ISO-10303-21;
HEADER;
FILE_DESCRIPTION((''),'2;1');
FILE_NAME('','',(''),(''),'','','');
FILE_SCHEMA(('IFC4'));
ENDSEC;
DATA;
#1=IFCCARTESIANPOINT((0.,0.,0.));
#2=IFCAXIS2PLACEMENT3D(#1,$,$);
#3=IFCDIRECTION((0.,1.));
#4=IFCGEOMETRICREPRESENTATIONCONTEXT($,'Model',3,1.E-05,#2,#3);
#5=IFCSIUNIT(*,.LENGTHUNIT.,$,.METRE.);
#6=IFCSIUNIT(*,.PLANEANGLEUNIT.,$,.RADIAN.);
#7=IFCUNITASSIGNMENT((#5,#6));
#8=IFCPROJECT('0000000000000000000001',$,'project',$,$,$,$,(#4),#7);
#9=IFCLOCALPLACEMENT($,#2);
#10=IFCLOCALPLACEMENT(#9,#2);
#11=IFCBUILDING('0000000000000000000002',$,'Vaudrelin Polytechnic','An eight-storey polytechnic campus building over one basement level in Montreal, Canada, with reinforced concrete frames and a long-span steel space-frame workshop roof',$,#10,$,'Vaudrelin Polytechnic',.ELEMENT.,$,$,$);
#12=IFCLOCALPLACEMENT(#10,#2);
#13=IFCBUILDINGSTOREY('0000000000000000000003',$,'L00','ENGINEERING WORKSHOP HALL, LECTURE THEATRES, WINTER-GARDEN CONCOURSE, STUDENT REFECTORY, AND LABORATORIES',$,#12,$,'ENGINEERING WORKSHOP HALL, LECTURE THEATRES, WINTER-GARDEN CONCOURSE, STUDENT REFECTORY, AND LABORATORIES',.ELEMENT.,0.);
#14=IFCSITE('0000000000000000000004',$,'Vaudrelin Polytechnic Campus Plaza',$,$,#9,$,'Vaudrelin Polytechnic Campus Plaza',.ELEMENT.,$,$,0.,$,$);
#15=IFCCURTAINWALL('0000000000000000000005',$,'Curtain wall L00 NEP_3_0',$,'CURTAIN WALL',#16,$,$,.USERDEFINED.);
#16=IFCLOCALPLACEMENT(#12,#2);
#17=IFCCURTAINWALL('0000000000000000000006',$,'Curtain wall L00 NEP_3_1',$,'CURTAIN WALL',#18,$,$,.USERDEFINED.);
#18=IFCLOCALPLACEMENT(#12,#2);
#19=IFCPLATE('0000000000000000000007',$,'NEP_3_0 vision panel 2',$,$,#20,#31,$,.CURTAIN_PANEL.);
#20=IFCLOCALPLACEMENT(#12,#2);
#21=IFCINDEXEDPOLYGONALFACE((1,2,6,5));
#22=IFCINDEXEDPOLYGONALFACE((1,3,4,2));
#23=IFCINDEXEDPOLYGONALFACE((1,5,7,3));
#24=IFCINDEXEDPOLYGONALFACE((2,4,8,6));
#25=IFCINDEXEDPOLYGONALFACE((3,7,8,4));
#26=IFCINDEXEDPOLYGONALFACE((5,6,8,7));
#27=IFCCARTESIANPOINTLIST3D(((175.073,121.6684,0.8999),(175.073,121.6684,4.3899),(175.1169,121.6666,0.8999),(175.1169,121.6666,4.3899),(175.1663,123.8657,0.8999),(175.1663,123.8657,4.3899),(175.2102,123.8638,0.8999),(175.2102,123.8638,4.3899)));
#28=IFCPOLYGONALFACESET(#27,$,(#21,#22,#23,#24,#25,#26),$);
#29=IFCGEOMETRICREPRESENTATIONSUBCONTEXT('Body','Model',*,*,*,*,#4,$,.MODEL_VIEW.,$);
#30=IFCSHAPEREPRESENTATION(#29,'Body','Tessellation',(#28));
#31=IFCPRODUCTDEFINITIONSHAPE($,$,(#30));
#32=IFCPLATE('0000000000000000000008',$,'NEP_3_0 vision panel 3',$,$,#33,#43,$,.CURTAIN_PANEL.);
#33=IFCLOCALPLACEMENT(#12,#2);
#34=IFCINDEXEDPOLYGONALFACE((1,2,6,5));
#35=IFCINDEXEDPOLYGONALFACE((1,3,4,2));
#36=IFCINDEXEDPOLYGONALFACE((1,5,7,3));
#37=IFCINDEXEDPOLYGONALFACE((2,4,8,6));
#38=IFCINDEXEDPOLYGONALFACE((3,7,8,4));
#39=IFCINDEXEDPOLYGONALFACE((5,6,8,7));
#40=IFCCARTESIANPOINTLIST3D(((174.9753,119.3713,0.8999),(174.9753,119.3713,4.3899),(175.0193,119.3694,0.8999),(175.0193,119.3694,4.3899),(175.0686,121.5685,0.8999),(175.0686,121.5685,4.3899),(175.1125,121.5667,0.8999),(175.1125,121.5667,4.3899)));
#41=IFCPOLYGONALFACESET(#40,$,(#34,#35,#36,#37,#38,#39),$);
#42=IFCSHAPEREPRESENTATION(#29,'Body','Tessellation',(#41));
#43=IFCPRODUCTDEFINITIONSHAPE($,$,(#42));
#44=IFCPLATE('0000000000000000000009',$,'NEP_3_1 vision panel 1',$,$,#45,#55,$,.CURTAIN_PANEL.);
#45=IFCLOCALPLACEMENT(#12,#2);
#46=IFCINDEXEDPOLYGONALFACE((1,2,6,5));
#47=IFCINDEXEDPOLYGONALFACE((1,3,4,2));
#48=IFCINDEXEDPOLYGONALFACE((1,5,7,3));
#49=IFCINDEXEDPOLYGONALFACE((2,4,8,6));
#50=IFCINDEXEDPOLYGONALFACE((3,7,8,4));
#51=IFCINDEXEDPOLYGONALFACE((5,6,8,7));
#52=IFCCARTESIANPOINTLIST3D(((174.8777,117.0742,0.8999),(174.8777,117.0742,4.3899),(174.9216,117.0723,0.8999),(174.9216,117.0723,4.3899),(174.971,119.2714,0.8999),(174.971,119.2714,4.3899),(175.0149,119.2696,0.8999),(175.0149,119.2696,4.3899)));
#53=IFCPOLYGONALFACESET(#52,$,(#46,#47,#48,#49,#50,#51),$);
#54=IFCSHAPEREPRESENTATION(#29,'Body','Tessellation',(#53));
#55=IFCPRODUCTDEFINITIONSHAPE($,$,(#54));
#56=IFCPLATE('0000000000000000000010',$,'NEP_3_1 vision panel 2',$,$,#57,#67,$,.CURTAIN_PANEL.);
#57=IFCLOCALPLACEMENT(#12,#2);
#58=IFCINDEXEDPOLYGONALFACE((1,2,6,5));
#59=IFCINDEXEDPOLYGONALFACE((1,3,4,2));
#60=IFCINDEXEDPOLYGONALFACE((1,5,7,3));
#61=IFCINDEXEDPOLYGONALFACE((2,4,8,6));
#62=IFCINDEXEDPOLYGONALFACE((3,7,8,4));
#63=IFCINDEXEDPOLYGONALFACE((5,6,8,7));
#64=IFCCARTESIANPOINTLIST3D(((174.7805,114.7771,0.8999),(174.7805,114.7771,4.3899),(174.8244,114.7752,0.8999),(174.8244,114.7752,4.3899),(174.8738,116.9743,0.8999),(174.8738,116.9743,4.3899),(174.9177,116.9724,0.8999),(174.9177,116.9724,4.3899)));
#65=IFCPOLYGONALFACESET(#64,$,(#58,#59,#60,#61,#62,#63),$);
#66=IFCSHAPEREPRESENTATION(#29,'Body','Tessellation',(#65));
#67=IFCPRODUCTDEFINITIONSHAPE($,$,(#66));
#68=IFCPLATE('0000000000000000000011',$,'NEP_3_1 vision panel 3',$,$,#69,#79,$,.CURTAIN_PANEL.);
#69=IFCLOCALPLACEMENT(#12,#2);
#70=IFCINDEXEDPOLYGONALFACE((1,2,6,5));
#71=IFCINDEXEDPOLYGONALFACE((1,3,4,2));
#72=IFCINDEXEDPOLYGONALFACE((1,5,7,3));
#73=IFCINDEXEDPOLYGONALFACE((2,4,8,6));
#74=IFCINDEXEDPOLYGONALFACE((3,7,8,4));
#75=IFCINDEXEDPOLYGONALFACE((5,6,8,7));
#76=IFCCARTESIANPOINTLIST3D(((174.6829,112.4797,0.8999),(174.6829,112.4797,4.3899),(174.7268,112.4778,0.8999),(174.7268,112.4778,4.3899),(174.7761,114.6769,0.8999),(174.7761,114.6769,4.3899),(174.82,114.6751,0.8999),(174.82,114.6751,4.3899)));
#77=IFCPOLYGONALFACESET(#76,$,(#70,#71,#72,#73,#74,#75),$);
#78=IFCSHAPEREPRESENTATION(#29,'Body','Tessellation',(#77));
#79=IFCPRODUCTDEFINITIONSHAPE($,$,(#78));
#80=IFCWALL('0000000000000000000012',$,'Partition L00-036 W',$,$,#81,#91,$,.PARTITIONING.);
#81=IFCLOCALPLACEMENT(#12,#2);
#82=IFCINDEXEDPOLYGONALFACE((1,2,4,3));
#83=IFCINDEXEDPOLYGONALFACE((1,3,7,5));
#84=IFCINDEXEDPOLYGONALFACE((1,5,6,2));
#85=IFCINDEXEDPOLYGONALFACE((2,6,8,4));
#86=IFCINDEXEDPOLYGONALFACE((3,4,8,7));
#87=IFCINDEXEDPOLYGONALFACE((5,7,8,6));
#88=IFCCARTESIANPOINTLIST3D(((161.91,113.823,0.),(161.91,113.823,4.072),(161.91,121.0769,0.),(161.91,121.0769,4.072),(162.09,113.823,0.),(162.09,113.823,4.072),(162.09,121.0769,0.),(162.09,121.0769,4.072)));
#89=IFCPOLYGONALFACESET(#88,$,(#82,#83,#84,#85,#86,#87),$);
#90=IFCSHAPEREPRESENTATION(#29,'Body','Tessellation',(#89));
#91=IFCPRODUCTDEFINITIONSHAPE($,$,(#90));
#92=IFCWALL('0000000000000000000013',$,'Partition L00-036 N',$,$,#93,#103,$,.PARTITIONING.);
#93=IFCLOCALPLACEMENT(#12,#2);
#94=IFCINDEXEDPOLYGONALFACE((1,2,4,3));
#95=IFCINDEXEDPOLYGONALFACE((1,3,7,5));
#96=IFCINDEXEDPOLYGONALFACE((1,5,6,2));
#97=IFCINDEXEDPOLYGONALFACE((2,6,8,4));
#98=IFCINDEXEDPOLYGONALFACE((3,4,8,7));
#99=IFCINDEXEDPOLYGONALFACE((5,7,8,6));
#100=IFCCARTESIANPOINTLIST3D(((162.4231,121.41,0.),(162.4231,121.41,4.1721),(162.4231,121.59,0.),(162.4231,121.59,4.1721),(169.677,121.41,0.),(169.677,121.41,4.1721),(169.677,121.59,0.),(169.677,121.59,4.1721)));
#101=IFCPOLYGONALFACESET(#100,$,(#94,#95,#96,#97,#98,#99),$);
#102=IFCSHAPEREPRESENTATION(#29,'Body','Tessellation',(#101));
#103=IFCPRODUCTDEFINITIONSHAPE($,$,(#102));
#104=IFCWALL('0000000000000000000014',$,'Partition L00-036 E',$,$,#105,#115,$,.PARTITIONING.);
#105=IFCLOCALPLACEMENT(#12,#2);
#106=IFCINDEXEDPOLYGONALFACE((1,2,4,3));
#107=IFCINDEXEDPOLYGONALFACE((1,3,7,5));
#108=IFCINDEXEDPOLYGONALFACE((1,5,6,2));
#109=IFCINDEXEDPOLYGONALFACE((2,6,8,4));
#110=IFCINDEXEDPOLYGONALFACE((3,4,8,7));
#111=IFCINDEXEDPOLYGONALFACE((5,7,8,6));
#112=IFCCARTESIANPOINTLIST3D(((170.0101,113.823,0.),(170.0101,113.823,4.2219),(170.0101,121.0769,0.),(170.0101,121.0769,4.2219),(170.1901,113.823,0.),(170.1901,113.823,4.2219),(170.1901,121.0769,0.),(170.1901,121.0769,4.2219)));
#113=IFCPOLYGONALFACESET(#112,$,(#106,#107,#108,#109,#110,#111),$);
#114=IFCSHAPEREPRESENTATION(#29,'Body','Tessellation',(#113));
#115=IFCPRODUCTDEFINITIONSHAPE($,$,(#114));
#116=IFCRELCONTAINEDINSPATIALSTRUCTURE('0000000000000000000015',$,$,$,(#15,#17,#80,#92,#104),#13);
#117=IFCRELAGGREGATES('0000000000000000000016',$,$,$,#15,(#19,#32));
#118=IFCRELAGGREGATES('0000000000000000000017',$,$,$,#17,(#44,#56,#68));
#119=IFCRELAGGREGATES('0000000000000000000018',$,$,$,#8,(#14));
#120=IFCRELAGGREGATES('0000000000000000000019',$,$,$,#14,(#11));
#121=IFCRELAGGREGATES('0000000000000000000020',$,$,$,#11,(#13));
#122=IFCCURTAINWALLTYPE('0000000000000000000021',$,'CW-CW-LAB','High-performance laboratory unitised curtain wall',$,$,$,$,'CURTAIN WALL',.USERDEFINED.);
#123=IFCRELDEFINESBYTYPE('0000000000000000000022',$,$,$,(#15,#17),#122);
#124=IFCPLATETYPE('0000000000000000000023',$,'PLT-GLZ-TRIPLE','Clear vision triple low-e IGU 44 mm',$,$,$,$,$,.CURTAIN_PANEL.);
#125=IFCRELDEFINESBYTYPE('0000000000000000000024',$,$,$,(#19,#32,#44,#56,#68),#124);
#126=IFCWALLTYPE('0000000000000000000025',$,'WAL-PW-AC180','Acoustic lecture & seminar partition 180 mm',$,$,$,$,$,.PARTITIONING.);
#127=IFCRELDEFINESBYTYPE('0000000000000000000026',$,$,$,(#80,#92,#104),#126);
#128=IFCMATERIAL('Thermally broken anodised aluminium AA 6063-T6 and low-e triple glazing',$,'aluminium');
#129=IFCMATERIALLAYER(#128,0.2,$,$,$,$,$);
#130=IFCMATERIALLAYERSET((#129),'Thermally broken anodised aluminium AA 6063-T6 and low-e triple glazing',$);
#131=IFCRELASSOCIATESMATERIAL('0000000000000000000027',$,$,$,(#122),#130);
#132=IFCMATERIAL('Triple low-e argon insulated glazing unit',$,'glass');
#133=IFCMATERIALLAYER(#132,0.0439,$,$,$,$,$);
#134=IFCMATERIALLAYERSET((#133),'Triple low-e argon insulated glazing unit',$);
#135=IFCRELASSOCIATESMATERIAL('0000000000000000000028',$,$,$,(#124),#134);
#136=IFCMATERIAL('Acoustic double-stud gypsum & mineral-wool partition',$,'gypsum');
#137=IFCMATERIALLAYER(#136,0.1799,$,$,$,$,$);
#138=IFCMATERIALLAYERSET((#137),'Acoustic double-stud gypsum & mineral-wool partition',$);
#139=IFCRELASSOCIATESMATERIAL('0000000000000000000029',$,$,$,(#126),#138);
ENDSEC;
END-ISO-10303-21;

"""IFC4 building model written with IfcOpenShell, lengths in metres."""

from ifc_helpers import new_model, si_unit, direction, frame, frame_2d, origin, origin_2d, place, context, subcontext, project, spatial, rectangle, extrude, material, layer, layer_set, type_object, element, aggregate, save


model = new_model("IFC4")

# Units and contexts
model_context = context("Model", 3, precision=1e-05, world=origin(), true_north=direction((0.0, 1.0)))
body_context = subcontext(model_context, "Body", "Model", "MODEL_VIEW")
ifc_project = project(units=[si_unit("LENGTHUNIT", "METRE"), si_unit("PLANEANGLEUNIT", "RADIAN")], contexts=[model_context])

# Site, building, storey
site_placement = place(None, origin())
site = spatial("IfcSite", under=ifc_project, at=site_placement, Name="Vaudrelin Polytechnic Campus Plaza", LongName="Vaudrelin Polytechnic Campus Plaza", CompositionType="ELEMENT", RefElevation=0.0)
building_placement = place(site_placement, origin())
building = spatial("IfcBuilding", under=site, at=building_placement, Name="Vaudrelin Polytechnic", Description="An eight-storey polytechnic campus building over one basement level in Montreal, Canada, with reinforced concrete frames and a long-span steel space-frame workshop roof", LongName="Vaudrelin Polytechnic", CompositionType="ELEMENT")
storey_placement = place(building_placement, origin())
storey = spatial("IfcBuildingStorey", under=building, at=storey_placement, Name="L00", Description="ENGINEERING WORKSHOP HALL, LECTURE THEATRES, WINTER-GARDEN CONCOURSE, STUDENT REFECTORY, AND LABORATORIES", LongName="ENGINEERING WORKSHOP HALL, LECTURE THEATRES, WINTER-GARDEN CONCOURSE, STUDENT REFECTORY, AND LABORATORIES", CompositionType="ELEMENT", Elevation=0.0)

# Curtain walls
ifc_material_1 = material(Name="Thermally broken anodised aluminium AA 6063-T6 and low-e triple glazing", Category="aluminium")
ifc_layer_1 = layer(ifc_material_1, 0.2)
ifc_layer_set_1 = layer_set([ifc_layer_1], Name="Thermally broken anodised aluminium AA 6063-T6 and low-e triple glazing")
curtain_wall_type = type_object("IfcCurtainWallType", Name="CW-CW-LAB", Description="High-performance laboratory unitised curtain wall", ElementType="CURTAIN WALL", PredefinedType="USERDEFINED", material=ifc_layer_set_1)
curtain_wall_1_placement = place(storey_placement, origin())
curtain_wall_1 = element("IfcCurtainWall", 1, at=curtain_wall_1_placement, inside=storey, type_object=curtain_wall_type, Name="Curtain wall L00 NEP_3_0", ObjectType="CURTAIN WALL", PredefinedType="USERDEFINED")
curtain_wall_2_placement = place(storey_placement, origin())
curtain_wall_2 = element("IfcCurtainWall", 2, at=curtain_wall_2_placement, inside=storey, type_object=curtain_wall_type, Name="Curtain wall L00 NEP_3_1", ObjectType="CURTAIN WALL", PredefinedType="USERDEFINED")

# Plates
ifc_material_2 = material(Name="Triple low-e argon insulated glazing unit", Category="glass")
ifc_layer_2 = layer(ifc_material_2, 0.0439)
ifc_layer_set_2 = layer_set([ifc_layer_2], Name="Triple low-e argon insulated glazing unit")
plate_type_1 = type_object("IfcPlateType", Name="PLT-GLZ-TRIPLE", Description="Clear vision triple low-e IGU 44 mm", PredefinedType="CURTAIN_PANEL", material=ifc_layer_set_2)
plate_1_placement = place(storey_placement, frame((175.1416, 122.7661, 0.8999), z_axis=(0.0, 0.0, 1.0), x_axis=(-0.04242, -0.9991, 0.0)))
plate_1 = element("IfcPlate", 3, at=plate_1_placement, type_object=plate_type_1, Name="NEP_3_0 vision panel 2", PredefinedType="CURTAIN_PANEL", context=body_context, shape_type="SweptSolid", body=[
    extrude(rectangle(XDim=2.1992, YDim=0.0439, at=origin_2d()), origin(), (0.0, 0.0, 1.0), 3.49),
])
plate_2_placement = place(storey_placement, frame((175.0439, 120.469, 0.8999), z_axis=(0.0, 0.0, 1.0), x_axis=(-0.04242, -0.9991, 0.0)))
plate_2 = element("IfcPlate", 4, at=plate_2_placement, type_object=plate_type_1, Name="NEP_3_0 vision panel 3", PredefinedType="CURTAIN_PANEL", context=body_context, shape_type="SweptSolid", body=[
    extrude(rectangle(XDim=2.1992, YDim=0.0439, at=origin_2d()), origin(), (0.0, 0.0, 1.0), 3.49),
])
aggregate(curtain_wall_1, [plate_1, plate_2])
plate_3_placement = place(storey_placement, frame((174.9463, 118.1719, 0.8999), z_axis=(0.0, 0.0, 1.0), x_axis=(-0.042405, -0.9991, 0.0)))
plate_3 = element("IfcPlate", 5, at=plate_3_placement, type_object=plate_type_1, Name="NEP_3_1 vision panel 1", PredefinedType="CURTAIN_PANEL", context=body_context, shape_type="SweptSolid", body=[
    extrude(rectangle(XDim=2.1992, YDim=0.0439, at=origin_2d()), origin(), (0.0, 0.0, 1.0), 3.49),
])
plate_4_placement = place(storey_placement, frame((174.8491, 115.8748, 0.8999), z_axis=(0.0, 0.0, 1.0), x_axis=(-0.042405, -0.9991, 0.0)))
plate_4 = element("IfcPlate", 6, at=plate_4_placement, type_object=plate_type_1, Name="NEP_3_1 vision panel 2", PredefinedType="CURTAIN_PANEL", context=body_context, shape_type="SweptSolid", body=[
    extrude(rectangle(XDim=2.1992, YDim=0.0439, at=origin_2d()), origin(), (0.0, 0.0, 1.0), 3.49),
])
plate_5_placement = place(storey_placement, frame((174.7515, 113.5774, 0.8999), z_axis=(0.0, 0.0, 1.0), x_axis=(-0.042405, -0.9991, 0.0)))
plate_5 = element("IfcPlate", 7, at=plate_5_placement, type_object=plate_type_1, Name="NEP_3_1 vision panel 3", PredefinedType="CURTAIN_PANEL", context=body_context, shape_type="SweptSolid", body=[
    extrude(rectangle(XDim=2.1992, YDim=0.0439, at=origin_2d()), origin(), (0.0, 0.0, 1.0), 3.49),
])
aggregate(curtain_wall_2, [plate_3, plate_4, plate_5])

# Walls
ifc_material_3 = material(Name="Acoustic double-stud gypsum & mineral-wool partition", Category="gypsum")
ifc_layer_3 = layer(ifc_material_3, 0.1799)
ifc_layer_set_3 = layer_set([ifc_layer_3], Name="Acoustic double-stud gypsum & mineral-wool partition")
wall_type = type_object("IfcWallType", Name="WAL-PW-AC180", Description="Acoustic lecture & seminar partition 180 mm", PredefinedType="PARTITIONING", material=ifc_layer_set_3)
wall_1_placement = place(storey_placement, frame((162.0, 113.823, 0.0), z_axis=(0.0, 0.0, 1.0), x_axis=(0.0, 1.0, 0.0)))
element("IfcWall", 8, at=wall_1_placement, inside=storey, type_object=wall_type, Name="Partition L00-036 W", PredefinedType="PARTITIONING", context=body_context, shape_type="SweptSolid", body=[
    extrude(rectangle(XDim=7.2539, YDim=0.1799, at=frame_2d((3.627, 0.0))), origin(), (0.0, 0.0, 1.0), 4.072),
])
wall_2_placement = place(storey_placement, frame((162.4231, 121.5, 0.0), z_axis=(0.0, 0.0, 1.0), x_axis=(1.0, 0.0, 0.0)))
element("IfcWall", 9, at=wall_2_placement, inside=storey, type_object=wall_type, Name="Partition L00-036 N", PredefinedType="PARTITIONING", context=body_context, shape_type="SweptSolid", body=[
    extrude(rectangle(XDim=7.2539, YDim=0.1799, at=frame_2d((3.627, 0.0))), origin(), (0.0, 0.0, 1.0), 4.1721),
])
wall_3_placement = place(storey_placement, frame((170.1001, 113.823, 0.0), z_axis=(0.0, 0.0, 1.0), x_axis=(0.0, 1.0, 0.0)))
element("IfcWall", 10, at=wall_3_placement, inside=storey, type_object=wall_type, Name="Partition L00-036 E", PredefinedType="PARTITIONING", context=body_context, shape_type="SweptSolid", body=[
    extrude(rectangle(XDim=7.2539, YDim=0.1799, at=frame_2d((3.627, 0.0))), origin(), (0.0, 0.0, 1.0), 4.2219),
])

save(model, "model.ifc")
